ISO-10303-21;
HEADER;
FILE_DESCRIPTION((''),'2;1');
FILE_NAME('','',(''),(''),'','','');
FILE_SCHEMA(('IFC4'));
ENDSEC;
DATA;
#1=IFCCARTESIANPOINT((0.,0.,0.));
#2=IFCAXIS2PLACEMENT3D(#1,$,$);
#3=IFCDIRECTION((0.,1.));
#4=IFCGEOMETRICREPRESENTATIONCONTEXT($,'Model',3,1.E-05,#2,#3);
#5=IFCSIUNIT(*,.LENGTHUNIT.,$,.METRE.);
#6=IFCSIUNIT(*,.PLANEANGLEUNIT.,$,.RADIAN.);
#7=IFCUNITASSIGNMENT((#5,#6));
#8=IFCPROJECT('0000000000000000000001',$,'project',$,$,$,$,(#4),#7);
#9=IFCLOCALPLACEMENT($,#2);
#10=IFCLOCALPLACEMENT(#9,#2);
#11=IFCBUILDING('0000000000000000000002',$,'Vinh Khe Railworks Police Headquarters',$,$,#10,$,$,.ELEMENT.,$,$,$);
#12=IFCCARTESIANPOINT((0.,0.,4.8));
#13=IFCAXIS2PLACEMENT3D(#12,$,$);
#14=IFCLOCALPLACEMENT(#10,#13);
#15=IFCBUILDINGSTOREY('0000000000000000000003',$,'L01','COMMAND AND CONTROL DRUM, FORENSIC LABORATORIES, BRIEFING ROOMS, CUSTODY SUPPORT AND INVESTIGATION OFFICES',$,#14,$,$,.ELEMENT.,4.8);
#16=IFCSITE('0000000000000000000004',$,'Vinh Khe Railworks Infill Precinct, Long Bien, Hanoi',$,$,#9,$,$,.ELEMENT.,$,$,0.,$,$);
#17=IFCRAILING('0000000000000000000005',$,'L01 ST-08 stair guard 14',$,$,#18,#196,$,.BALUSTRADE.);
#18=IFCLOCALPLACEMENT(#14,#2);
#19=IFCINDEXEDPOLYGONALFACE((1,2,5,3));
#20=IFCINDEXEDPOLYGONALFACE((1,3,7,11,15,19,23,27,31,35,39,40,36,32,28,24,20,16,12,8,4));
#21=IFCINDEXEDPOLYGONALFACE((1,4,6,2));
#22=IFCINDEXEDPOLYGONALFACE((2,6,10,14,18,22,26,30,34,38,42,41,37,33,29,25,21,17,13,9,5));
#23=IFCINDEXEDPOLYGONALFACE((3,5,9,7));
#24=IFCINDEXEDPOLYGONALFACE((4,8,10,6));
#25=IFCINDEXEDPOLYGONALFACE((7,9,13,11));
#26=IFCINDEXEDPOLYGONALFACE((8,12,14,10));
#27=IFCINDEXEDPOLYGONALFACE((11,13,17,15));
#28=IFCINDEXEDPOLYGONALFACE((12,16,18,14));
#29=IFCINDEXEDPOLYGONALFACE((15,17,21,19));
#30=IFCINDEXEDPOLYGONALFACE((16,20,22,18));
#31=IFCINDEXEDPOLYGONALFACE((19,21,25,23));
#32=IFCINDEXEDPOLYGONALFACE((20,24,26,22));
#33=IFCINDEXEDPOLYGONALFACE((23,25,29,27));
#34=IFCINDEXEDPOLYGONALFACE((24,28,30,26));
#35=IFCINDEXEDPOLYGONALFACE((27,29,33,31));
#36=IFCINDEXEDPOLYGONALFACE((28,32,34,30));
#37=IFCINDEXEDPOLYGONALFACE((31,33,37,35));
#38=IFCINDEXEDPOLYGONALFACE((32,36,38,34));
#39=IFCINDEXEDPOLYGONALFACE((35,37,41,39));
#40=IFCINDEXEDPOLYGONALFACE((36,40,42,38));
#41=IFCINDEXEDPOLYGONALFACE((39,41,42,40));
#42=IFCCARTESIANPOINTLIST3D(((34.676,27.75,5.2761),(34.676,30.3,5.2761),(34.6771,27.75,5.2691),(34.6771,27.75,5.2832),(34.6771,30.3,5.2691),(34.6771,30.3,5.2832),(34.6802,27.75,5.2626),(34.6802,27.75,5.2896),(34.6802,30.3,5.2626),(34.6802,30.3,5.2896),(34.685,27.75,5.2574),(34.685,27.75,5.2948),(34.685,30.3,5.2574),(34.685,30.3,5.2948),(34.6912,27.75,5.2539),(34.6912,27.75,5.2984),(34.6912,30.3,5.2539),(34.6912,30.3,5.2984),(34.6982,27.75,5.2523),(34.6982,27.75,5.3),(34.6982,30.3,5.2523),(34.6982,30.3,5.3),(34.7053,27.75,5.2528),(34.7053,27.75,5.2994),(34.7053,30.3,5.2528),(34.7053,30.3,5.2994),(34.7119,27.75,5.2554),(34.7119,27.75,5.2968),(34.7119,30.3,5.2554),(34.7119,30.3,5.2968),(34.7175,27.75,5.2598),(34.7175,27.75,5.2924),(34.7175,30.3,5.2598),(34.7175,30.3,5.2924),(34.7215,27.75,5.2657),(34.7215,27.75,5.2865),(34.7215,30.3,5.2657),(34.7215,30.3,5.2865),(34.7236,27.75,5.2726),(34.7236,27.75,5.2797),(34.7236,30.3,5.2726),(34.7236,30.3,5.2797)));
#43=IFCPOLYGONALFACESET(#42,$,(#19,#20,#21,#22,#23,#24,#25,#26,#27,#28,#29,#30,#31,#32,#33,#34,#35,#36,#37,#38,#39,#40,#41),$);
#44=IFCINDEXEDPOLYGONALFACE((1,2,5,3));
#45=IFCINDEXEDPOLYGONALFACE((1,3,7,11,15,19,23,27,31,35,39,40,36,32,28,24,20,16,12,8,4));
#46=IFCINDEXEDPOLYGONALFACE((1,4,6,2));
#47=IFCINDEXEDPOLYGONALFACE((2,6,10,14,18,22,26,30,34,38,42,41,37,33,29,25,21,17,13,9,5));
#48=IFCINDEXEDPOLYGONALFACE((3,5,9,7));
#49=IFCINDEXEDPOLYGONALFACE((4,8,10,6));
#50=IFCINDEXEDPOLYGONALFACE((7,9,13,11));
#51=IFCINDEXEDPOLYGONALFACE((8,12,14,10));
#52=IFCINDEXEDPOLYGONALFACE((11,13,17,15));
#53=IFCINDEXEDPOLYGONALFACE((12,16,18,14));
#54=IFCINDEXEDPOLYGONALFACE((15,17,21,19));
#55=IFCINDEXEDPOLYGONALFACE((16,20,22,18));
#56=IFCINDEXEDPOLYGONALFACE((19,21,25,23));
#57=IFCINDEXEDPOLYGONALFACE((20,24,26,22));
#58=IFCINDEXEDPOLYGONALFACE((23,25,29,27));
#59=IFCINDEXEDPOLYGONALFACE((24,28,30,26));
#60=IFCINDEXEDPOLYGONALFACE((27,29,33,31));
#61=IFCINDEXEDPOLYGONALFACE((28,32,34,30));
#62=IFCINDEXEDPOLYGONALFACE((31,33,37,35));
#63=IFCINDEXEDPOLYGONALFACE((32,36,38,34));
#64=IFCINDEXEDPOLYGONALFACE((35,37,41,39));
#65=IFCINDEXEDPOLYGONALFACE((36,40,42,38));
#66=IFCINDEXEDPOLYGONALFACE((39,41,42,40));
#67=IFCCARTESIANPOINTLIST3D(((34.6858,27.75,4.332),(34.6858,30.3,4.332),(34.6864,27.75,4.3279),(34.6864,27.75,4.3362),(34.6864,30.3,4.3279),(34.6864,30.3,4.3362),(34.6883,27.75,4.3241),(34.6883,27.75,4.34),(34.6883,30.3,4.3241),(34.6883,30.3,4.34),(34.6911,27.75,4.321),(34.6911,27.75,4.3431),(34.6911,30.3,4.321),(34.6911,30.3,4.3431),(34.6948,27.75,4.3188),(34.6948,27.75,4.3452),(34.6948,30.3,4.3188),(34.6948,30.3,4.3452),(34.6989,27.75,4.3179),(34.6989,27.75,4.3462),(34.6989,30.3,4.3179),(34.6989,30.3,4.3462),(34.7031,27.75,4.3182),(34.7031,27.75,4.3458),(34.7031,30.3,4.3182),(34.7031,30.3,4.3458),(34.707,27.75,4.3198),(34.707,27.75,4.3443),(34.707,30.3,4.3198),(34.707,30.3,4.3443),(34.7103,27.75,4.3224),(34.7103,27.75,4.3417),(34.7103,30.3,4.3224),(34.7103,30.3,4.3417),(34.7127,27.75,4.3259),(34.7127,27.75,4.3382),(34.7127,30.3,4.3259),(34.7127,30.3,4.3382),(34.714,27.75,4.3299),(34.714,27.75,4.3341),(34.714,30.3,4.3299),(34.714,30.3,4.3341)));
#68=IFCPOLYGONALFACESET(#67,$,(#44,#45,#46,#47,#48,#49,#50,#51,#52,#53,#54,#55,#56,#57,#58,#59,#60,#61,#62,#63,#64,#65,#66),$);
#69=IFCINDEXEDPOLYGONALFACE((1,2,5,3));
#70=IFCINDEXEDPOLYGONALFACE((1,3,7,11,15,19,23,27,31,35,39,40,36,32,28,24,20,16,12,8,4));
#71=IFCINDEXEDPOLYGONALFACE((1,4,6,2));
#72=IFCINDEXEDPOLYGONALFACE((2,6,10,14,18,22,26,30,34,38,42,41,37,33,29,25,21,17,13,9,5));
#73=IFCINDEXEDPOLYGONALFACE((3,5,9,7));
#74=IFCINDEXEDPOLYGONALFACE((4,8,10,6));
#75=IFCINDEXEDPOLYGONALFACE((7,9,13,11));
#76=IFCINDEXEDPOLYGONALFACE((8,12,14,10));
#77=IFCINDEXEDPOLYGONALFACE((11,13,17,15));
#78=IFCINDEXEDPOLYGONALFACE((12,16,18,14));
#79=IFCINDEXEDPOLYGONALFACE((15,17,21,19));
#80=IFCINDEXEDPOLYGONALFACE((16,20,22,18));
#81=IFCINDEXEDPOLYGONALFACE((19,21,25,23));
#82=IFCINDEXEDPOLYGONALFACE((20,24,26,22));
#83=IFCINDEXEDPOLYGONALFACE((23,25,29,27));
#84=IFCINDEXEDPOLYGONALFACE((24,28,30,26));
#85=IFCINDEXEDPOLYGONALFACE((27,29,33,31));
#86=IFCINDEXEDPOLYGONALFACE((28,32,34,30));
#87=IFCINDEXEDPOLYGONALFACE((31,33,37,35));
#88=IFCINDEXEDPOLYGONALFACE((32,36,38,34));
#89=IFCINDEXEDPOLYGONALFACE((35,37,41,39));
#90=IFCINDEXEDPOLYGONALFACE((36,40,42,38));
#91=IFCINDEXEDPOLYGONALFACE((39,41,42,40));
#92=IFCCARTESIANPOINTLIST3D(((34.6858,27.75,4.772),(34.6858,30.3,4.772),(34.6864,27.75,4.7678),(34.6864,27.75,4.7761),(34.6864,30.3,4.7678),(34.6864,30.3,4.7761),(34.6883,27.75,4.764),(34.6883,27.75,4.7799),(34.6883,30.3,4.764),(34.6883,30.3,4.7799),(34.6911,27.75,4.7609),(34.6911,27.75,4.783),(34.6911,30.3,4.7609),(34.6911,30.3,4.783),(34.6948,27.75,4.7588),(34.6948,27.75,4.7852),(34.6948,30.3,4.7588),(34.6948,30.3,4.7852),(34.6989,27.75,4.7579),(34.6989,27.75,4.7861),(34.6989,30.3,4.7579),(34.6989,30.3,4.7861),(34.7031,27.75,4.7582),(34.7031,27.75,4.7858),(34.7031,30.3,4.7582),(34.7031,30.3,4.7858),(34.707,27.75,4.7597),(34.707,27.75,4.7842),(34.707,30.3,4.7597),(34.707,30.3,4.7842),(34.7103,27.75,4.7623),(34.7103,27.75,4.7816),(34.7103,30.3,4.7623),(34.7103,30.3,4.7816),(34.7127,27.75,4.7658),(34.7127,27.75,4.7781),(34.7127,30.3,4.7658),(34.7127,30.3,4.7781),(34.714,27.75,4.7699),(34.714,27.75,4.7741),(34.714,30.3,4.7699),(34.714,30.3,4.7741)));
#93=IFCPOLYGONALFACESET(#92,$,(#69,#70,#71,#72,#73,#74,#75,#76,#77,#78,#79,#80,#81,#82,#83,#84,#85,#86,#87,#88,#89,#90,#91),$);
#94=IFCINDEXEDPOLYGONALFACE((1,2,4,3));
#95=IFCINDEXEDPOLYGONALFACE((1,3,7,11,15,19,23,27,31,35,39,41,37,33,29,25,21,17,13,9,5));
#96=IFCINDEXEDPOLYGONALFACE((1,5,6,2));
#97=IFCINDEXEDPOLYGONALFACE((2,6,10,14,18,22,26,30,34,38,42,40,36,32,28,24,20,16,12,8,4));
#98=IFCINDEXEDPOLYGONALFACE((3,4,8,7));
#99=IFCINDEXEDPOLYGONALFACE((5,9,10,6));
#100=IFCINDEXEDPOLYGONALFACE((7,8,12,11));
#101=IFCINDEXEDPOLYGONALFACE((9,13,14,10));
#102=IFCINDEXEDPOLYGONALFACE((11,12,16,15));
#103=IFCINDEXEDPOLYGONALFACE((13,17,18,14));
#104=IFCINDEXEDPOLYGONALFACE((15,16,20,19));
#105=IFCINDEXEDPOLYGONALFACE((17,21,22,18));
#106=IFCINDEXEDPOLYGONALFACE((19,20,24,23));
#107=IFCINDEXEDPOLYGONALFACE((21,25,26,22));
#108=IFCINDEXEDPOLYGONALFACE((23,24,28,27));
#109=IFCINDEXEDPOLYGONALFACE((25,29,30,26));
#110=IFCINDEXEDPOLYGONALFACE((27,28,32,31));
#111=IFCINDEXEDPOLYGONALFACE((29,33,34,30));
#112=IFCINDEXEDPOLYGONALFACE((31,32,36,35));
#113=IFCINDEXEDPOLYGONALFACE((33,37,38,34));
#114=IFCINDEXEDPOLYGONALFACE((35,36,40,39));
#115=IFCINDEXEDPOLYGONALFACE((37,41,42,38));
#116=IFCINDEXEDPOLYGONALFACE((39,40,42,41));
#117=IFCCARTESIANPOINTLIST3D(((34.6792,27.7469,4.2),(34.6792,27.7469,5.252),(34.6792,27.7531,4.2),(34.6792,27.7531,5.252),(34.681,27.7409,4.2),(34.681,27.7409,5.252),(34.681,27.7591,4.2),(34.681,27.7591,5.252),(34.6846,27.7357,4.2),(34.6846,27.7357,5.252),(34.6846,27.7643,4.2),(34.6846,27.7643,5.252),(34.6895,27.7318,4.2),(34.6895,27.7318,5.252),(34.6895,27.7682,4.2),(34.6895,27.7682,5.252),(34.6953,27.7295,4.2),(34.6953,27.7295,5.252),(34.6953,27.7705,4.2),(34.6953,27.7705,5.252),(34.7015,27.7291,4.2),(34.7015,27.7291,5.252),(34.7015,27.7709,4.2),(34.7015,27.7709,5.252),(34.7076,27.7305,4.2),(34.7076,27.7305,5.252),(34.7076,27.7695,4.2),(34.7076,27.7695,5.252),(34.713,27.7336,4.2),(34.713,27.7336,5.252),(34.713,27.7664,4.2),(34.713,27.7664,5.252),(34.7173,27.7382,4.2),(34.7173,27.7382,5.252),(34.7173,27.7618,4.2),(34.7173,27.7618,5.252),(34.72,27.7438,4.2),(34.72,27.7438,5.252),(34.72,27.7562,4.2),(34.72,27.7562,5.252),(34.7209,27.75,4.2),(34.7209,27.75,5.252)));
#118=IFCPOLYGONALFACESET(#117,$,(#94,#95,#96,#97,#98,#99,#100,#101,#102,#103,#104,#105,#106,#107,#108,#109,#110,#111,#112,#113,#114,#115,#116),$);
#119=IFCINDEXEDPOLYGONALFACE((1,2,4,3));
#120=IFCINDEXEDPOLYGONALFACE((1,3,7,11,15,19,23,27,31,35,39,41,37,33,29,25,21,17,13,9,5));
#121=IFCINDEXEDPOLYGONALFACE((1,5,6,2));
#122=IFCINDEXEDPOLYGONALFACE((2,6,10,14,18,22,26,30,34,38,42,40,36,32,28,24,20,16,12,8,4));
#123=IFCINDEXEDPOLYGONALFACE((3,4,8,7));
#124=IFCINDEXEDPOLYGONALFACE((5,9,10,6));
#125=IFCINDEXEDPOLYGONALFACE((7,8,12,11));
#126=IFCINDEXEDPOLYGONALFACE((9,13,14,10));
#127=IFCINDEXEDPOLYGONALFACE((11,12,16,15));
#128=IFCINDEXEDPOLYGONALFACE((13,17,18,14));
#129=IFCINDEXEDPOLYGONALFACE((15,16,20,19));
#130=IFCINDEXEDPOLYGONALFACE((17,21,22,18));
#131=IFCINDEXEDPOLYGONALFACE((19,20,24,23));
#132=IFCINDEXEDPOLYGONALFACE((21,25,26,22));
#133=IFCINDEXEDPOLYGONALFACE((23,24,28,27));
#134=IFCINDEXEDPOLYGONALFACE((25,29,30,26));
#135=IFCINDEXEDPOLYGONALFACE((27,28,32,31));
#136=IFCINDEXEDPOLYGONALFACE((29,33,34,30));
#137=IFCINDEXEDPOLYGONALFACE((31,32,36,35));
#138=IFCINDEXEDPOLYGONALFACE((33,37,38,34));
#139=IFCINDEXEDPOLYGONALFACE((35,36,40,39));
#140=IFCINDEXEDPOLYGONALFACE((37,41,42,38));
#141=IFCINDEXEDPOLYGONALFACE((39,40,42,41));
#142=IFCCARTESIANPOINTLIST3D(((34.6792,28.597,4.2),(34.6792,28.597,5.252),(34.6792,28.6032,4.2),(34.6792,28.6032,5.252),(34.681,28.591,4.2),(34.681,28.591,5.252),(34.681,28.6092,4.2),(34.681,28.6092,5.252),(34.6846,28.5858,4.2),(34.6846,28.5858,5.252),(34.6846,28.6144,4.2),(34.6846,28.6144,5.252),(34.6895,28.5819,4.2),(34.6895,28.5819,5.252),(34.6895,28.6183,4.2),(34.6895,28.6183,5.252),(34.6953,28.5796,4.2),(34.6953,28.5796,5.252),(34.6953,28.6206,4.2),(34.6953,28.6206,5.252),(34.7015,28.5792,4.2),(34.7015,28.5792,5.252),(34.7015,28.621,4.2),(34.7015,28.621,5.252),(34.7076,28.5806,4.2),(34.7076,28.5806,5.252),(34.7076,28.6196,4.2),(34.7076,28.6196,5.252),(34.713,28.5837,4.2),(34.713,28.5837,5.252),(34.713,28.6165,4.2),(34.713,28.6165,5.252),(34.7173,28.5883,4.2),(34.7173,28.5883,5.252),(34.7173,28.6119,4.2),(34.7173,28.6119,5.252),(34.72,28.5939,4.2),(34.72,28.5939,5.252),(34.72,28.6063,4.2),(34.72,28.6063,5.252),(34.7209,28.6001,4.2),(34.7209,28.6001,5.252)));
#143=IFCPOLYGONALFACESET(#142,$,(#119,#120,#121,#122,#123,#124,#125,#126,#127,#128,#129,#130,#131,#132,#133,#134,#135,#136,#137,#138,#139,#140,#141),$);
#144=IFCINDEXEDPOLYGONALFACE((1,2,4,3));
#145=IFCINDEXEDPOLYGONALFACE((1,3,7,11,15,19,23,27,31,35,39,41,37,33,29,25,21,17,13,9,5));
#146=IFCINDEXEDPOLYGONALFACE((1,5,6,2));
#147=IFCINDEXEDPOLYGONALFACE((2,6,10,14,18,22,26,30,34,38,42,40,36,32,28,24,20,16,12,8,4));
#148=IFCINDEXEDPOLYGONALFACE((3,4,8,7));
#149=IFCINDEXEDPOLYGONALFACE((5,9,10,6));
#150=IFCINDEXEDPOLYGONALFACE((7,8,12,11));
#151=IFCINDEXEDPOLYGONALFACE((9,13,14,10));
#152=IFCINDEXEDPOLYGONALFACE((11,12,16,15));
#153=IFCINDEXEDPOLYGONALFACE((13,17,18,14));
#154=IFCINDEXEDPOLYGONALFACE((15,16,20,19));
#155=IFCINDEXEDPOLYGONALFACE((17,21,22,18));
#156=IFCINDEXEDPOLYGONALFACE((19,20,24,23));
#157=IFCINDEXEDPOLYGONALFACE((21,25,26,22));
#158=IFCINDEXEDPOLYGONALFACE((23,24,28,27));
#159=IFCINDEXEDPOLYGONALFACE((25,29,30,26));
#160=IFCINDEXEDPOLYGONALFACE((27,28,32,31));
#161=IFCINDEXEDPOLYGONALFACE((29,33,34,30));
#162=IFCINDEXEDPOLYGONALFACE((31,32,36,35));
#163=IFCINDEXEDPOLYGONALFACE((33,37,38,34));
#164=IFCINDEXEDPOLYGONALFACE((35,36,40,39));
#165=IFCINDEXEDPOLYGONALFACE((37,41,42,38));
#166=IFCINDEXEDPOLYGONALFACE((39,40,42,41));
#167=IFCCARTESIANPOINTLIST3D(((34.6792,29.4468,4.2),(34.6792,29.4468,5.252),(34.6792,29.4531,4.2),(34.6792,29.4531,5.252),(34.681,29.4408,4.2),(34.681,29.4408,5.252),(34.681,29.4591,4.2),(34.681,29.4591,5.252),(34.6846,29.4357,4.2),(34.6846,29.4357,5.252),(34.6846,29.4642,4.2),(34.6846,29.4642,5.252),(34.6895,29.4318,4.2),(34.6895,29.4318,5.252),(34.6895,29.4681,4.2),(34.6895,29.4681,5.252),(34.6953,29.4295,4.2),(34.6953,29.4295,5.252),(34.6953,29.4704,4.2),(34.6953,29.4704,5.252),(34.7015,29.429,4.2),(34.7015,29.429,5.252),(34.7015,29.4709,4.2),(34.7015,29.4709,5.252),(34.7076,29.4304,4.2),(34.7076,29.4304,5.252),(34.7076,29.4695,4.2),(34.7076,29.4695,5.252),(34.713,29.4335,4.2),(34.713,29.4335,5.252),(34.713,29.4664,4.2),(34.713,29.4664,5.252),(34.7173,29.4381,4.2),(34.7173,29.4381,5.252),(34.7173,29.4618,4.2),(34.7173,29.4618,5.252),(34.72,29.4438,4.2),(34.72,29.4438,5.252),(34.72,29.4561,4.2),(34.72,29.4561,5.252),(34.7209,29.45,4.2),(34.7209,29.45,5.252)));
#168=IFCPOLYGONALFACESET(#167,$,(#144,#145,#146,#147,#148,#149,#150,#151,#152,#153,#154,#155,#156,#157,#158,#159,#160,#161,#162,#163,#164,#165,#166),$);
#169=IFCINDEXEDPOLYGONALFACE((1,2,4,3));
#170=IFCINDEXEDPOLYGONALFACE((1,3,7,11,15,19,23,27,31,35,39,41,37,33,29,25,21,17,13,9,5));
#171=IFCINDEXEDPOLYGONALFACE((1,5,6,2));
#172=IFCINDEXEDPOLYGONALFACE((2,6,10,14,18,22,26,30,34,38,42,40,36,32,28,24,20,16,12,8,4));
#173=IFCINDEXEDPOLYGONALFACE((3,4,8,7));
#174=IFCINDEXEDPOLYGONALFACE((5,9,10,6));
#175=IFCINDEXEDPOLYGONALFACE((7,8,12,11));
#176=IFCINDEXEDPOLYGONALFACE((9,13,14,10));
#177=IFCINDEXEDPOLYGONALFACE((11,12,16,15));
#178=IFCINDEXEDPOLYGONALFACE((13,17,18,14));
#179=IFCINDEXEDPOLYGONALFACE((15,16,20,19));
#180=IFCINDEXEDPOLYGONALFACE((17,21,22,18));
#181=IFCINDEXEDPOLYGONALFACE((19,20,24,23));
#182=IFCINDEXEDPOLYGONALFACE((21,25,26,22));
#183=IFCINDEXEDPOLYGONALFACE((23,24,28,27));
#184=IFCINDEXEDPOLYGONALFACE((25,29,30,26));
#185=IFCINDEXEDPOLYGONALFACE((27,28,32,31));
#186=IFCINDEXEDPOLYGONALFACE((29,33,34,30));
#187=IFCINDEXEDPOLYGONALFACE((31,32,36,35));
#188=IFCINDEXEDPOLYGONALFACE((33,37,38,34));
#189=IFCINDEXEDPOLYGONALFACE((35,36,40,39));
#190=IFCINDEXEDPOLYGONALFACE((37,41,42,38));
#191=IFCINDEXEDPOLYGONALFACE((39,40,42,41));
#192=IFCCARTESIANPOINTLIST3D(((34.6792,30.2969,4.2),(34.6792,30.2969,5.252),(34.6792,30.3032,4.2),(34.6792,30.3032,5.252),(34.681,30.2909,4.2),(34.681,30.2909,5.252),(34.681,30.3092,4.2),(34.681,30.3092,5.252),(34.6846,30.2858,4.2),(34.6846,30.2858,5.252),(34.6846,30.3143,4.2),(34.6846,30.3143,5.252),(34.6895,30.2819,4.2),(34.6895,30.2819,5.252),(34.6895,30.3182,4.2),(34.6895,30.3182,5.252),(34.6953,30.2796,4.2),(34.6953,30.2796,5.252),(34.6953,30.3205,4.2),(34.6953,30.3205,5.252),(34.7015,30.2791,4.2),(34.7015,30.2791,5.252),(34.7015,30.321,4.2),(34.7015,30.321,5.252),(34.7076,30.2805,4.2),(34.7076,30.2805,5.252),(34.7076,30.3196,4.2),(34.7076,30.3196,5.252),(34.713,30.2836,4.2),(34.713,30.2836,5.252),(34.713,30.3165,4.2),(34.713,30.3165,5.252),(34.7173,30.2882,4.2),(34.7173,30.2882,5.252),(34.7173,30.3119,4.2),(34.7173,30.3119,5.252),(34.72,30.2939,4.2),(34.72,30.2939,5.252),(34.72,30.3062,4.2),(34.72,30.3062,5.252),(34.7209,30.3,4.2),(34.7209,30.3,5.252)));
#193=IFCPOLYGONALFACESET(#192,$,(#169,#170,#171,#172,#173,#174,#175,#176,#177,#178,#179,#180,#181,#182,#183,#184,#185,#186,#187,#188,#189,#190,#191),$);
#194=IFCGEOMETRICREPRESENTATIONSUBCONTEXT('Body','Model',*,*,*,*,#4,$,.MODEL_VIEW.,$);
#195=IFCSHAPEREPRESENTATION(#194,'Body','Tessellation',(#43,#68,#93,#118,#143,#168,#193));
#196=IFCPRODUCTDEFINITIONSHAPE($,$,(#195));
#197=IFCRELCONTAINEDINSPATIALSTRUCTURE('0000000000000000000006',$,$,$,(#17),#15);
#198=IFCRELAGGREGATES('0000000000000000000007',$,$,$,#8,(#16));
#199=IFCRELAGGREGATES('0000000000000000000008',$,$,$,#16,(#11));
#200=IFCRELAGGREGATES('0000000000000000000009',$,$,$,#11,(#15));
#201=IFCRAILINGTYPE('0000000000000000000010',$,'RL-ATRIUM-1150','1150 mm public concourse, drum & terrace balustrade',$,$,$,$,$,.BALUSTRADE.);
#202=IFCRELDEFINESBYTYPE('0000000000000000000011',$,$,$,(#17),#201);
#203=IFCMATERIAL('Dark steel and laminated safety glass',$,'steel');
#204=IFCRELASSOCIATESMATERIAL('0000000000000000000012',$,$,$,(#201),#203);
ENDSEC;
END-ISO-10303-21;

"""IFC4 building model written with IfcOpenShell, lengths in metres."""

from ifc_helpers import new_model, si_unit, direction, frame, origin, origin_2d, place, context, subcontext, project, spatial, circle, extrude, material, type_object, element, save


model = new_model("IFC4")

# Units and contexts
model_context = context("Model", 3, precision=1e-05, world=origin(), true_north=direction((0.0, 1.0)))
body_context = subcontext(model_context, "Body", "Model", "MODEL_VIEW")
ifc_project = project(units=[si_unit("LENGTHUNIT", "METRE"), si_unit("PLANEANGLEUNIT", "RADIAN")], contexts=[model_context])

# Site, building, storey
site_placement = place(None, origin())
site = spatial("IfcSite", under=ifc_project, at=site_placement, Name="Vinh Khe Railworks Infill Precinct, Long Bien, Hanoi", CompositionType="ELEMENT", RefElevation=0.0)
building_placement = place(site_placement, origin())
building = spatial("IfcBuilding", under=site, at=building_placement, Name="Vinh Khe Railworks Police Headquarters", CompositionType="ELEMENT")
storey_placement = place(building_placement, frame((0.0, 0.0, 4.8)))
storey = spatial("IfcBuildingStorey", under=building, at=storey_placement, Name="L01", Description="COMMAND AND CONTROL DRUM, FORENSIC LABORATORIES, BRIEFING ROOMS, CUSTODY SUPPORT AND INVESTIGATION OFFICES", CompositionType="ELEMENT", Elevation=4.8)

# Railing
ifc_material_1 = material(Name="Dark steel and laminated safety glass", Category="steel")
railing_type_1 = type_object("IfcRailingType", Name="RL-ATRIUM-1150", Description="1150 mm public concourse, drum & terrace balustrade", PredefinedType="BALUSTRADE", material=ifc_material_1)
railing_1_placement = place(storey_placement, frame((34.7, 27.75, 4.2)))
element("IfcRailing", 1, at=railing_1_placement, inside=storey, type_object=railing_type_1, Name="L01 ST-08 stair guard 14", PredefinedType="BALUSTRADE", context=body_context, shape_type="SweptSolid", body=[
    extrude(circle(Radius=0.0239, at=origin_2d()), frame((0.0, 0.0, 1.0762), z_axis=(0.0, 1.0, 0.0), x_axis=(-1.0, 0.0, 0.0)), (0.0, 0.0, 1.0), 2.55),
    extrude(circle(Radius=0.0142, at=origin_2d()), frame((0.0, 0.0, 0.1321), z_axis=(0.0, 1.0, 0.0), x_axis=(-1.0, 0.0, 0.0)), (0.0, 0.0, 1.0), 2.55),
    extrude(circle(Radius=0.0142, at=origin_2d()), frame((0.0, 0.0, 0.572), z_axis=(0.0, 1.0, 0.0), x_axis=(-1.0, 0.0, 0.0)), (0.0, 0.0, 1.0), 2.55),
    extrude(circle(Radius=0.021, at=origin_2d()), origin(), (0.0, 0.0, 1.0), 1.052),
    extrude(circle(Radius=0.021, at=origin_2d()), frame((0.0, 0.8501, 0.0)), (0.0, 0.0, 1.0), 1.052),
    extrude(circle(Radius=0.021, at=origin_2d()), frame((0.0, 1.7, 0.0)), (0.0, 0.0, 1.0), 1.052),
    extrude(circle(Radius=0.021, at=origin_2d()), frame((0.0, 2.55, 0.0)), (0.0, 0.0, 1.0), 1.052),
])

save(model, "model.ifc")
